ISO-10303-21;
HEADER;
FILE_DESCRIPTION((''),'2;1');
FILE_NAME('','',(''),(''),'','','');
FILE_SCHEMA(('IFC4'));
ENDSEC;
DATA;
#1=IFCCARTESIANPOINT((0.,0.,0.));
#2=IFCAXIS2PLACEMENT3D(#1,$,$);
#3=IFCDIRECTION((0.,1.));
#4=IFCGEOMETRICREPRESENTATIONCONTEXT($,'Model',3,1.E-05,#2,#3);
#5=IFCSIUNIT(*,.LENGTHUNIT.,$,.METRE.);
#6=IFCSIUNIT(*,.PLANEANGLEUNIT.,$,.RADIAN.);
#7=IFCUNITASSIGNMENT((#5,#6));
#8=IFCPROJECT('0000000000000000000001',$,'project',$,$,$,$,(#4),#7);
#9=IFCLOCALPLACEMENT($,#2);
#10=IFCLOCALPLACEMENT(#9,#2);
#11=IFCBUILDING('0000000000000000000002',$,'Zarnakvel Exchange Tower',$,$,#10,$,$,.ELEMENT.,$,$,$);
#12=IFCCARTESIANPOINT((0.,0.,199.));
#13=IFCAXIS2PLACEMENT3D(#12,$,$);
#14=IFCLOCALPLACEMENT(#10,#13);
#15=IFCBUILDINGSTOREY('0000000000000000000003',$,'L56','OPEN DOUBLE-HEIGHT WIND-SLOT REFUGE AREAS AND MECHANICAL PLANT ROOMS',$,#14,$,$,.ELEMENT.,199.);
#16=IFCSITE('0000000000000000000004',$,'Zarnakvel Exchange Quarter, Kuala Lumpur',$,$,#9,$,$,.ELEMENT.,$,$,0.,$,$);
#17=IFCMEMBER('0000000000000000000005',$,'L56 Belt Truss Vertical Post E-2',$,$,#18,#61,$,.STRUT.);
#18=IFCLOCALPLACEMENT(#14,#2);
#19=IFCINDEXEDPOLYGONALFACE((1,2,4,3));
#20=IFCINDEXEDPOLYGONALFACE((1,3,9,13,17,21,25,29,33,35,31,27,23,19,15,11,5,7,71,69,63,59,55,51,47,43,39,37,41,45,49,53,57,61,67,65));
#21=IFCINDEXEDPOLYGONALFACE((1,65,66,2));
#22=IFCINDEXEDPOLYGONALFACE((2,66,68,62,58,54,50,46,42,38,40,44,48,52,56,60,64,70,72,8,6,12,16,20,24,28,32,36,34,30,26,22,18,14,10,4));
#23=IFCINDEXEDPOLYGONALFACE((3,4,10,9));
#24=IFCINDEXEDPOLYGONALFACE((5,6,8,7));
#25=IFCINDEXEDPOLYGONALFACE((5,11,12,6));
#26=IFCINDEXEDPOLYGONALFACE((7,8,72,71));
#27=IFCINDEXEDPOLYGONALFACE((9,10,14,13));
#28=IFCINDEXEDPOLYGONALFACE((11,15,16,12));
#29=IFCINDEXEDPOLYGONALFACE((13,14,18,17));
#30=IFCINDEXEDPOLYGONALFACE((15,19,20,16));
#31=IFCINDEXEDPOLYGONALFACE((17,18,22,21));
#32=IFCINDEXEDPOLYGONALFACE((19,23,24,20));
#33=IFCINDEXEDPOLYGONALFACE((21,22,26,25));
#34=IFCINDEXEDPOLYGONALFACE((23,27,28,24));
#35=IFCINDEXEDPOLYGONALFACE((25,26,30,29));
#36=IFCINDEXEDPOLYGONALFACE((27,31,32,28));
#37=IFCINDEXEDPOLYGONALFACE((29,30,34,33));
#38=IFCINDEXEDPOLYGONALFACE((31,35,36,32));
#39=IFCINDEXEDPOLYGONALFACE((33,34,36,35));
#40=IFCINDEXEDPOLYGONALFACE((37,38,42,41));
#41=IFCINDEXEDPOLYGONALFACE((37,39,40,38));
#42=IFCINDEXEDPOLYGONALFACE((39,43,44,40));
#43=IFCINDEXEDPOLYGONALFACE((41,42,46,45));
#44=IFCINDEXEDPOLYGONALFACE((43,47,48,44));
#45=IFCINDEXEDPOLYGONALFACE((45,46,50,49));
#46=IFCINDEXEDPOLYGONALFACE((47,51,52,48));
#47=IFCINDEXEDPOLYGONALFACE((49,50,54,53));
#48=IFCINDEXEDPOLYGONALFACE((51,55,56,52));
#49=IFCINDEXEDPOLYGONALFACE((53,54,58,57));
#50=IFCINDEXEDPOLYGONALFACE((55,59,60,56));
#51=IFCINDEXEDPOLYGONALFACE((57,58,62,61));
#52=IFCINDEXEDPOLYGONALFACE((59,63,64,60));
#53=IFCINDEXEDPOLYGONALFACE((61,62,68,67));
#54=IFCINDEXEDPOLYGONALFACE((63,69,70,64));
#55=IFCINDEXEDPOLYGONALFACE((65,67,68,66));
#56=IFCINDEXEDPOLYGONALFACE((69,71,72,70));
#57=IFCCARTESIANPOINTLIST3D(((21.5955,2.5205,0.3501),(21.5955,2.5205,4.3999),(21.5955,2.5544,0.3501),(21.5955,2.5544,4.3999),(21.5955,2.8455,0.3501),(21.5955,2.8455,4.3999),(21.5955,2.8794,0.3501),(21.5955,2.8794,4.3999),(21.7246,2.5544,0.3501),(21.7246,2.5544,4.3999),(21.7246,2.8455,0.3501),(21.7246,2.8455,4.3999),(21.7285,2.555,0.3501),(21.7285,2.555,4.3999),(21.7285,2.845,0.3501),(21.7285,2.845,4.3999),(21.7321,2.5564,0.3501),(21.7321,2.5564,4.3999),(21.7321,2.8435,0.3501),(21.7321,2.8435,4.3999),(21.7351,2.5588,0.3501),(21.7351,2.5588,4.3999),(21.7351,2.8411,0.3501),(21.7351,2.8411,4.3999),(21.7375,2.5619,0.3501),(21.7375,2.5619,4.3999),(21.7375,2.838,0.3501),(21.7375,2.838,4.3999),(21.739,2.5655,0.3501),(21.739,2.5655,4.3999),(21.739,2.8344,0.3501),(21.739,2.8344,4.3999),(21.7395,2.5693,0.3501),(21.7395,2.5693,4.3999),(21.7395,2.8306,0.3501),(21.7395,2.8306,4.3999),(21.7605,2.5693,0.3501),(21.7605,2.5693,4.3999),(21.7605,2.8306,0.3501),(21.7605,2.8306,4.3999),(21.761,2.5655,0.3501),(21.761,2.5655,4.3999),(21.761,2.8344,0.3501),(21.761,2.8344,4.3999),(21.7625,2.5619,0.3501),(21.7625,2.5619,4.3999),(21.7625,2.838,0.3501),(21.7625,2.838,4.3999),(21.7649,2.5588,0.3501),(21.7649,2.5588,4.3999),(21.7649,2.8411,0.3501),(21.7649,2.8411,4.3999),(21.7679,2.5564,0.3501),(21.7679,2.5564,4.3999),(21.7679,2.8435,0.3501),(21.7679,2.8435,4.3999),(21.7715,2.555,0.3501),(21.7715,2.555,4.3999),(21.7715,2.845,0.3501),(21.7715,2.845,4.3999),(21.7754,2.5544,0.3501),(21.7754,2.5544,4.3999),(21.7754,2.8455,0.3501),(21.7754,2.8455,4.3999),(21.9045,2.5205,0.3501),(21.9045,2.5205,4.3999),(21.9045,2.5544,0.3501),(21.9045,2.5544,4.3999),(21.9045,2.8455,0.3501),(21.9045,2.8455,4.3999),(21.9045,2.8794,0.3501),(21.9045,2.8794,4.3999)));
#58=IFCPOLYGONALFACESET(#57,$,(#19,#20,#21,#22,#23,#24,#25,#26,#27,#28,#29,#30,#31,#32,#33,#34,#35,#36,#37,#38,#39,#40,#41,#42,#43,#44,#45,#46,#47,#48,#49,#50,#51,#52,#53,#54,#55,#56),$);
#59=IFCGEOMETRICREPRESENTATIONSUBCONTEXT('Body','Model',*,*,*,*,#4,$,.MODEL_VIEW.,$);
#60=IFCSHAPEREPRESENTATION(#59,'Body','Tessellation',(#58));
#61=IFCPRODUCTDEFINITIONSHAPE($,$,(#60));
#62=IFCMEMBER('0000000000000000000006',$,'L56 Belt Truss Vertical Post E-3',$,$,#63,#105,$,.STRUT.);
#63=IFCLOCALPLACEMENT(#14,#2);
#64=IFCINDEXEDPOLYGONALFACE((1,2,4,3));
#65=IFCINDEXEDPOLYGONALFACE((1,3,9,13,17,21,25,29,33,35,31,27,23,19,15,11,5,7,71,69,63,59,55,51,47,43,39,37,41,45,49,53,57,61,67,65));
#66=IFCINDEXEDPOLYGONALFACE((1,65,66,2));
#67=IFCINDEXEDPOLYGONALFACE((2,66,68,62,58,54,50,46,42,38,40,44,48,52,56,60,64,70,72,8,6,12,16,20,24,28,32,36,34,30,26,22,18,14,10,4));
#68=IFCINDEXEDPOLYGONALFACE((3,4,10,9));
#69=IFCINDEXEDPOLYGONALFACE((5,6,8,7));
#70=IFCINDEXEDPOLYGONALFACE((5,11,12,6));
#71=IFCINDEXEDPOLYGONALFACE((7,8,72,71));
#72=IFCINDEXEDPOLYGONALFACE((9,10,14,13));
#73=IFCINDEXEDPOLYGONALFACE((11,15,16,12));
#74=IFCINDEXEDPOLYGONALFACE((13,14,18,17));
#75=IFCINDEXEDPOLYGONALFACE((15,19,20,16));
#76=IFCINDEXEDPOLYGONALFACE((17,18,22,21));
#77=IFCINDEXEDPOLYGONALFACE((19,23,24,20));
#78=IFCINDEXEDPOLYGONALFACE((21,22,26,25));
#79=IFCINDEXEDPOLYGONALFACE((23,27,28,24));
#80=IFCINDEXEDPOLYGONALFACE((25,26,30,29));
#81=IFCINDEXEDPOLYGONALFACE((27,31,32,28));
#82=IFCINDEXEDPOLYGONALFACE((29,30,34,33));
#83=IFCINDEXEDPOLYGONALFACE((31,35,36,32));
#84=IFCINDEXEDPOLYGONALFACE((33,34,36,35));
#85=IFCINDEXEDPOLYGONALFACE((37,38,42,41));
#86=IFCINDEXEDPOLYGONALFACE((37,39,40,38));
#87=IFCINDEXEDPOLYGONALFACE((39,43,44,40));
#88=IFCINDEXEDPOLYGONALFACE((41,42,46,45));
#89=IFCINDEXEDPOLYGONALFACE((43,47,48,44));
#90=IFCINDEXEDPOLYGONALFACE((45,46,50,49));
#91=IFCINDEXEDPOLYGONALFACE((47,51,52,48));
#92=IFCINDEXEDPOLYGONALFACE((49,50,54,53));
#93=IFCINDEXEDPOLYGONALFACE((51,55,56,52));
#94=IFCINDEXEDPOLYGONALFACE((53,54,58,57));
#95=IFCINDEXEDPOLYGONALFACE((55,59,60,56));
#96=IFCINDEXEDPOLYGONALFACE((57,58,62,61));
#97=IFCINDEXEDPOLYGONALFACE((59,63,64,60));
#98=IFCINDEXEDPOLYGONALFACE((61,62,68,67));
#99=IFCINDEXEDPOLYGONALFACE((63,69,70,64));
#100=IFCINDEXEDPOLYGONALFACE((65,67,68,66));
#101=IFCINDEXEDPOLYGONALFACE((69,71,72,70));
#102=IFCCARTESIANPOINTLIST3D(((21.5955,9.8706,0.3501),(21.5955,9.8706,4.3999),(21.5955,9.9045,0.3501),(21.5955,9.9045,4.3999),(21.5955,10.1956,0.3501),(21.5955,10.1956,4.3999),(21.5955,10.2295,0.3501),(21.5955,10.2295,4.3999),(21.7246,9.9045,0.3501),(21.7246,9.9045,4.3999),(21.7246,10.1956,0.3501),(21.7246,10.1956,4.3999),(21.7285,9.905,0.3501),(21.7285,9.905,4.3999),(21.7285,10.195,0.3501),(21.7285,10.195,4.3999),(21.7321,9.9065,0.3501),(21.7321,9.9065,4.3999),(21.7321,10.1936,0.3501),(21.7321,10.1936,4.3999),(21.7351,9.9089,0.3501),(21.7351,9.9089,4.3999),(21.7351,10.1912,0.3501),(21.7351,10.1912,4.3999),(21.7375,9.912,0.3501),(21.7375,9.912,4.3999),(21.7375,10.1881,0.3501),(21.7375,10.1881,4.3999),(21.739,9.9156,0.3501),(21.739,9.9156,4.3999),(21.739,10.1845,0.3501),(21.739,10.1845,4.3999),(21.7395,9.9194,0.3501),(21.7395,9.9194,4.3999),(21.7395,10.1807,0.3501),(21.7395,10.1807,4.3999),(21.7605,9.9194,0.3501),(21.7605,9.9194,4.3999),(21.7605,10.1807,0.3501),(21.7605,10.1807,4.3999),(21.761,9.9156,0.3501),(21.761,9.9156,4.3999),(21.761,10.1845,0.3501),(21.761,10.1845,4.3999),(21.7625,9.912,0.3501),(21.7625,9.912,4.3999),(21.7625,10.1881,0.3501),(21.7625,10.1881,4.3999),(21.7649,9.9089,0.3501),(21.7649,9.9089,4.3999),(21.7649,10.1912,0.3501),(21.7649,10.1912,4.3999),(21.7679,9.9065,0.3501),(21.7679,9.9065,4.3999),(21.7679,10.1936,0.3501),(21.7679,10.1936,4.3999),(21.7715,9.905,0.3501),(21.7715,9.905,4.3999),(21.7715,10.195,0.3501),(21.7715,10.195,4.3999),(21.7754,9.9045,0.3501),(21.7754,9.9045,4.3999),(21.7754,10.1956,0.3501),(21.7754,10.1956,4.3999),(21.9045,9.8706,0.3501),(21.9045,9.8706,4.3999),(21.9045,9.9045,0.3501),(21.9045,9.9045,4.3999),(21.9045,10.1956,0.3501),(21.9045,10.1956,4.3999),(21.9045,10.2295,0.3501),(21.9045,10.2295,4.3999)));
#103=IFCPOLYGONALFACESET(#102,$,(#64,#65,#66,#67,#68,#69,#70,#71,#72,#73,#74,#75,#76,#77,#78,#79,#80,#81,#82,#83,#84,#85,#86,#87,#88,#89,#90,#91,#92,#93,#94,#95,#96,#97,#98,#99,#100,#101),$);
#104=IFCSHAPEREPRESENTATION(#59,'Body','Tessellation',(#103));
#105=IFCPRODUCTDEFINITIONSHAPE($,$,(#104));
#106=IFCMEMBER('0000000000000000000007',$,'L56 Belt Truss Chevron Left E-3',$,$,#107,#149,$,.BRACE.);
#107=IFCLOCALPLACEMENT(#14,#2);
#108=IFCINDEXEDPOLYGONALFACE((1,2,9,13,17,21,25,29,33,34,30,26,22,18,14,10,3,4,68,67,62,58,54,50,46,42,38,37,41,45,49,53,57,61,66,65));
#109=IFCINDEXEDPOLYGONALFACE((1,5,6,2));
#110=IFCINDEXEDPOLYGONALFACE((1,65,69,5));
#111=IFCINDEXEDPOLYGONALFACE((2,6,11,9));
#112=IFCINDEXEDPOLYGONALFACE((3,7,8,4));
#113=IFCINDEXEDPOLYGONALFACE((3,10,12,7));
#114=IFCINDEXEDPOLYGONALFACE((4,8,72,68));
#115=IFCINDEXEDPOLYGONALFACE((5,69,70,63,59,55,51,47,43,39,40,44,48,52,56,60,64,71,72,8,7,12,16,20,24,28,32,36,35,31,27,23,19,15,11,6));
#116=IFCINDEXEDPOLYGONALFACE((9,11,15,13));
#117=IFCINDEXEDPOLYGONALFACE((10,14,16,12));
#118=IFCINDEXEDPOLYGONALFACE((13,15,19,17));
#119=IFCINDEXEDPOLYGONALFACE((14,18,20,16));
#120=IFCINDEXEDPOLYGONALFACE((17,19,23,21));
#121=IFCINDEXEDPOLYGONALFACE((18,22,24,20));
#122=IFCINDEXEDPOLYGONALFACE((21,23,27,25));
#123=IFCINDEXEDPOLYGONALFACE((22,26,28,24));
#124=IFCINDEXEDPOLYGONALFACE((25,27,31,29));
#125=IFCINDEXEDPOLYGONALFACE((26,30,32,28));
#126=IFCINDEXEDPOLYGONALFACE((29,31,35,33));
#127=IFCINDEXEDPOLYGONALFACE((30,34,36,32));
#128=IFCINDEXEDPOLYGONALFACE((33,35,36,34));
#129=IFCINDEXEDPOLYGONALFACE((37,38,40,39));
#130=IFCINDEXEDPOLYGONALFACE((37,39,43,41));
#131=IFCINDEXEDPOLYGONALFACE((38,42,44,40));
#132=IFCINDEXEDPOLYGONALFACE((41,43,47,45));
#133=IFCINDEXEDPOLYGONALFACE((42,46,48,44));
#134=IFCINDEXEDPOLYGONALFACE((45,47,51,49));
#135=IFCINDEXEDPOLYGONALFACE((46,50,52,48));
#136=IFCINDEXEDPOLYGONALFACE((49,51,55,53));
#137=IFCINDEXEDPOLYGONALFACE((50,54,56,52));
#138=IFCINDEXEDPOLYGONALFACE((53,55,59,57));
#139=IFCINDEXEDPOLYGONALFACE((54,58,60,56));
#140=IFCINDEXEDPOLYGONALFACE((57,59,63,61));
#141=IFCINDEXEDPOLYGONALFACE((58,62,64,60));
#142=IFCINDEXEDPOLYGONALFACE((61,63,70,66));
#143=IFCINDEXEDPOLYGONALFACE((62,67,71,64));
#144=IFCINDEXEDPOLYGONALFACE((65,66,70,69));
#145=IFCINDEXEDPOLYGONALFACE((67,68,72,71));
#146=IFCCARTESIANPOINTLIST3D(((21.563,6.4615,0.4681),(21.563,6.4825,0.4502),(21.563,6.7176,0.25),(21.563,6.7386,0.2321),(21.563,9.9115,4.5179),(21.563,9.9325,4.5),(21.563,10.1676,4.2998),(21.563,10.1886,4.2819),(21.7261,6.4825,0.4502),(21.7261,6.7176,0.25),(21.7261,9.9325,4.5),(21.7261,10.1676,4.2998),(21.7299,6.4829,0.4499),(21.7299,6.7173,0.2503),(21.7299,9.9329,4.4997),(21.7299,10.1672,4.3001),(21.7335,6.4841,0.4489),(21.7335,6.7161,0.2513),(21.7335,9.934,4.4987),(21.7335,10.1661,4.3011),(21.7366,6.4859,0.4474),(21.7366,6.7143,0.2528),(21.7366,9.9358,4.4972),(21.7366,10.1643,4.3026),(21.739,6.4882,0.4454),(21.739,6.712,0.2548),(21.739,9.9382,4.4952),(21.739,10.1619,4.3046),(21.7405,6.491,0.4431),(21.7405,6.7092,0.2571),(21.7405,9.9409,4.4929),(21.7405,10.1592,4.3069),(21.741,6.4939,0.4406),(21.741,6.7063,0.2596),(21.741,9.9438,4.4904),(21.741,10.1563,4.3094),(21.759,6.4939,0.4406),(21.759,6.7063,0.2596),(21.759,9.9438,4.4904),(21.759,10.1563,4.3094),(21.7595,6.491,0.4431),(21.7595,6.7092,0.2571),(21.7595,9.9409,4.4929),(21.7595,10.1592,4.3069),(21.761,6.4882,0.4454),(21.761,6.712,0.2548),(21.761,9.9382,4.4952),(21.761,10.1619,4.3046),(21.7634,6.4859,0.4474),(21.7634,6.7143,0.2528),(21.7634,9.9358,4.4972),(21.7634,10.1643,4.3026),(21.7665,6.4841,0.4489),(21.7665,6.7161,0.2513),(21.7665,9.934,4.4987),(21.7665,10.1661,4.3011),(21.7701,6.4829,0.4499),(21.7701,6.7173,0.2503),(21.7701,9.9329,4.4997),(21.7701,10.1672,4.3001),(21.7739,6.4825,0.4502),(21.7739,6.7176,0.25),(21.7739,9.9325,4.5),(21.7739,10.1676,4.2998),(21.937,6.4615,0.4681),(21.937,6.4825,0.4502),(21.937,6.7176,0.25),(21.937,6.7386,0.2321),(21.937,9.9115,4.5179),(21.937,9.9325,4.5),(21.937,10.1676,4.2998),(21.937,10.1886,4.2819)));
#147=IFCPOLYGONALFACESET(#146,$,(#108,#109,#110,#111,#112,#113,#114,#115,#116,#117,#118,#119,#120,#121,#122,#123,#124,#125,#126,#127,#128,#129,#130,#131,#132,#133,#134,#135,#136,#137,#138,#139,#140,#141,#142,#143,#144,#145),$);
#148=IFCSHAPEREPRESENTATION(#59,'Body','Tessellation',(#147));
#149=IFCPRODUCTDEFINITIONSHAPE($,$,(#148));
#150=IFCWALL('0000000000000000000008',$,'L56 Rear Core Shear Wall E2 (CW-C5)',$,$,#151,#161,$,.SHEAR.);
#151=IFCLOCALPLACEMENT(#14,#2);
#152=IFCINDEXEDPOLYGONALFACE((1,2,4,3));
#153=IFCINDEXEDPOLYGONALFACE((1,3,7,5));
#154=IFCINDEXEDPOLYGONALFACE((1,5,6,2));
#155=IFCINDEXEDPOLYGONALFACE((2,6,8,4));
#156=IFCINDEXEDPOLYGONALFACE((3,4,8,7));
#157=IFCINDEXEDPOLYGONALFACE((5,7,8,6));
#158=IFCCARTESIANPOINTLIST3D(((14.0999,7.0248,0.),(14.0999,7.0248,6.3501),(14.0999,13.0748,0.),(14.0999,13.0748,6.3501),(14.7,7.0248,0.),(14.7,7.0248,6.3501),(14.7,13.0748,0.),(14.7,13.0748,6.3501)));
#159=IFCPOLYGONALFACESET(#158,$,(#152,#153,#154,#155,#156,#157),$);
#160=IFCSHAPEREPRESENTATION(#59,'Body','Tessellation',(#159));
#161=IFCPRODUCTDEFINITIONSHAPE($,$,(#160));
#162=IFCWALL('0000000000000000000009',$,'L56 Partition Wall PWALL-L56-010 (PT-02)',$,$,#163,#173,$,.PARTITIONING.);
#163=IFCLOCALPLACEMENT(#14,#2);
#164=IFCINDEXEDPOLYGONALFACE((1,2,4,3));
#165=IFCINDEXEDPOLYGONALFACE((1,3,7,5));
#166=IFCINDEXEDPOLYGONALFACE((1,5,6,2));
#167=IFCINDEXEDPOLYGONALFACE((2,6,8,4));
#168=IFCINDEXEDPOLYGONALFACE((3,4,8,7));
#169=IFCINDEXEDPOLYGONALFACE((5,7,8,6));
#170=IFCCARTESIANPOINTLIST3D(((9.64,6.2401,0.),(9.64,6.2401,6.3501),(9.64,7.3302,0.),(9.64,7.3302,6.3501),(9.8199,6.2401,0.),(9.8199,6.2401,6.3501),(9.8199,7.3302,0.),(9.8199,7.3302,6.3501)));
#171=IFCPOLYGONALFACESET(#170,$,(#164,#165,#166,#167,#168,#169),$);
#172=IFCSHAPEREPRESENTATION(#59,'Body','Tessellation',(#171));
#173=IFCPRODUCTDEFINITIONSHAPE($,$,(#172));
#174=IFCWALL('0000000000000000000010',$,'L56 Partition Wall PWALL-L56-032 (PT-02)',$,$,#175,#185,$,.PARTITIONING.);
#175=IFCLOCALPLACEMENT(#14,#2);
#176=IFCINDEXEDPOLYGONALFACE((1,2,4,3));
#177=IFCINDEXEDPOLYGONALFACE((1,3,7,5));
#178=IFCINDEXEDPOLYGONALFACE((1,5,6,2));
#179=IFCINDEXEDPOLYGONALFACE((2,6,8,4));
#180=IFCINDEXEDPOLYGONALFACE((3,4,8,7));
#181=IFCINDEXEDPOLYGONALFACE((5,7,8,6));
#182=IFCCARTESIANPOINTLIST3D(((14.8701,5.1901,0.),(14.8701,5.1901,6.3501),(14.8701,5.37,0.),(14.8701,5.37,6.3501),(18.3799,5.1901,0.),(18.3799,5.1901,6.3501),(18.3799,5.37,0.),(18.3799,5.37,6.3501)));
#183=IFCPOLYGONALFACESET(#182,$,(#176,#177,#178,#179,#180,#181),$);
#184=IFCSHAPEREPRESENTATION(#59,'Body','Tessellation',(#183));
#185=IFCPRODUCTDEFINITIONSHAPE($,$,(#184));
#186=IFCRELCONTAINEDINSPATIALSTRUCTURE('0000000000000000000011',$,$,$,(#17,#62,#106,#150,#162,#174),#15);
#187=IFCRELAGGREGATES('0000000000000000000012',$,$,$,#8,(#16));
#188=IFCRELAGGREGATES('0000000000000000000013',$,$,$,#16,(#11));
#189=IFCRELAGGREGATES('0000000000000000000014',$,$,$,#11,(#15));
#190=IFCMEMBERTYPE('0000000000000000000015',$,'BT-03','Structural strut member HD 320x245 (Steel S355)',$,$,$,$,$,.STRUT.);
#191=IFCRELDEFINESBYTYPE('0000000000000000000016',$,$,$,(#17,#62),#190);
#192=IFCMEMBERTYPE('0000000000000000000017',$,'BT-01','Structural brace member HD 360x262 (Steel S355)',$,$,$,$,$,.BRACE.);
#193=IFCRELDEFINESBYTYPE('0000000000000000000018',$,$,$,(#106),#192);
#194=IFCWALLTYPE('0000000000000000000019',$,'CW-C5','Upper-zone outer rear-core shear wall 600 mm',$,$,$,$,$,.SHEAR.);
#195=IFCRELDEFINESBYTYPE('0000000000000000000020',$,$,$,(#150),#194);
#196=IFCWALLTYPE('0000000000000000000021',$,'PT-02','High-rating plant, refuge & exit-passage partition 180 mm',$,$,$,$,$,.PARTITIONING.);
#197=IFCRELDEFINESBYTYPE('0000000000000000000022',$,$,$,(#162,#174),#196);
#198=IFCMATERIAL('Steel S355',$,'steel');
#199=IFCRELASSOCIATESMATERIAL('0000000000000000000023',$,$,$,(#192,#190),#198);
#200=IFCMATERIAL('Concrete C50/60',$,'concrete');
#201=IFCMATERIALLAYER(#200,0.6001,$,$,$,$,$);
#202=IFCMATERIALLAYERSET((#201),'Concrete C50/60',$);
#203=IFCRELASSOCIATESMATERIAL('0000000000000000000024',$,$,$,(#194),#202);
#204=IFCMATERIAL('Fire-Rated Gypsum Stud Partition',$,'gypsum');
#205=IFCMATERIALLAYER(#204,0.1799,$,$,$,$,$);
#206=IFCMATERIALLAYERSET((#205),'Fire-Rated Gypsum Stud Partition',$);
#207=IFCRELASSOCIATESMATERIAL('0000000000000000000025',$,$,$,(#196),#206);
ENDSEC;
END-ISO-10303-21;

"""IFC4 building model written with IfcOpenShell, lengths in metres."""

from ifc_helpers import new_model, si_unit, direction, frame, frame_2d, origin, origin_2d, place, context, subcontext, project, spatial, rectangle, i_section, extrude, source, transform, mapped, material, layer, layer_set, material_profile, profile_set, type_object, element, save


model = new_model("IFC4")

# Units and contexts
model_context = context("Model", 3, precision=1e-05, world=origin(), true_north=direction((0.0, 1.0)))
body_context = subcontext(model_context, "Body", "Model", "MODEL_VIEW")
ifc_project = project(units=[si_unit("LENGTHUNIT", "METRE"), si_unit("PLANEANGLEUNIT", "RADIAN")], contexts=[model_context])

# Site, building, storey
site_placement = place(None, origin())
site = spatial("IfcSite", under=ifc_project, at=site_placement, Name="Zarnakvel Exchange Quarter, Kuala Lumpur", CompositionType="ELEMENT", RefElevation=0.0)
building_placement = place(site_placement, origin())
building = spatial("IfcBuilding", under=site, at=building_placement, Name="Zarnakvel Exchange Tower", CompositionType="ELEMENT")
storey_placement = place(building_placement, frame((0.0, 0.0, 199.0)))
storey = spatial("IfcBuildingStorey", under=building, at=storey_placement, Name="L56", Description="OPEN DOUBLE-HEIGHT WIND-SLOT REFUGE AREAS AND MECHANICAL PLANT ROOMS", CompositionType="ELEMENT", Elevation=199.0)

# Shared definitions
ifc_material_1 = material(Name="Concrete C50/60", Category="concrete")

# Members
ifc_material_2 = material(Name="Steel S355", Category="steel")
ifc_material_profile_1 = material_profile(ifc_material_2, i_section(OverallWidth=0.374, OverallDepth=0.364, WebThickness=0.0181, FlangeThickness=0.0276, FilletRadius=0.0149, at=origin_2d()))
ifc_profile_set_1 = profile_set([ifc_material_profile_1], Name="Steel S355")
member_type_1 = type_object("IfcMemberType", Name="BT-01", Description="Structural brace member HD 360x262 (Steel S355)", PredefinedType="BRACE", material=ifc_profile_set_1)
ifc_material_profile_2 = material_profile(ifc_material_2, i_section(OverallWidth=0.3091, OverallDepth=0.3589, WebThickness=0.021, FlangeThickness=0.0339, FilletRadius=0.0149, at=origin_2d()))
ifc_profile_set_2 = profile_set([ifc_material_profile_2], Name="Steel S355")
member_type_2 = type_object("IfcMemberType", Name="BT-03", Description="Structural strut member HD 320x245 (Steel S355)", PredefinedType="STRUT", material=ifc_profile_set_2)
shared_shape_1 = source(origin(), body_context, "Body", "SweptSolid", [
    extrude(i_section(OverallWidth=0.3091, OverallDepth=0.3589, WebThickness=0.021, FlangeThickness=0.0339, FilletRadius=0.0149, at=origin_2d()), origin(), (0.0, 0.0, 1.0), 4.0498),
])
for number, where, z_axis, x_axis, name in (
    (1, (21.75, 2.7, 0.3501), (0.0, 0.0, 1.0), (1.0, 0.0, 0.0), "L56 Belt Truss Vertical Post E-2"),
    (2, (21.75, 10.05, 0.3501), (0.0, 0.0, 1.0), (1.0, 0.0, 0.0), "L56 Belt Truss Vertical Post E-3"),
):
    element("IfcMember", number, at=place(storey_placement, frame(where, z_axis=z_axis, x_axis=x_axis)), inside=storey, type_object=member_type_2, Name=name, PredefinedType="STRUT", context=body_context, shape_type="MappedRepresentation", body=[
        mapped(shared_shape_1, transform((0.0, 0.0, 0.0), x_axis=(1.0, 0.0, 0.0), y_axis=(0.0, 1.0, 0.0), z_axis=(0.0, 0.0, 1.0), scale=1.0)),
    ])
shared_shape_2 = source(origin(), body_context, "Body", "SweptSolid", [
    extrude(i_section(OverallWidth=0.374, OverallDepth=0.364, WebThickness=0.0181, FlangeThickness=0.0276, FilletRadius=0.0149, at=origin_2d()), origin(), (0.0, 0.0, 1.0), 5.3201),
])
member_1_placement = place(storey_placement, frame((21.75, 6.6001, 0.3501), z_axis=(0.0, 0.648479, 0.761232), x_axis=(-1.0, 0.0, 0.0)))
element("IfcMember", 3, at=member_1_placement, inside=storey, type_object=member_type_1, Name="L56 Belt Truss Chevron Left E-3", PredefinedType="BRACE", context=body_context, shape_type="MappedRepresentation", body=[
    mapped(shared_shape_2, transform((0.0, 0.0, 0.0), x_axis=(1.0, 0.0, 0.0), y_axis=(0.0, 1.0, 0.0), z_axis=(0.0, 0.0, 1.0), scale=1.0)),
])

# Walls
ifc_layer_1 = layer(ifc_material_1, 0.6001)
ifc_layer_set_1 = layer_set([ifc_layer_1], Name="Concrete C50/60")
wall_type_1 = type_object("IfcWallType", Name="CW-C5", Description="Upper-zone outer rear-core shear wall 600 mm", PredefinedType="SHEAR", material=ifc_layer_set_1)
wall_1_placement = place(storey_placement, frame((14.3999, 7.0249, 0.0), z_axis=(0.0, 0.0, 1.0), x_axis=(0.0, 1.0, 0.0)))
element("IfcWall", 4, at=wall_1_placement, inside=storey, type_object=wall_type_1, Name="L56 Rear Core Shear Wall E2 (CW-C5)", PredefinedType="SHEAR", context=body_context, shape_type="SweptSolid", body=[
    extrude(rectangle(XDim=6.05, YDim=0.6001, at=frame_2d((3.0249, 0.0))), origin(), (0.0, 0.0, 1.0), 6.3501),
])
ifc_material_3 = material(Name="Fire-Rated Gypsum Stud Partition", Category="gypsum")
ifc_layer_2 = layer(ifc_material_3, 0.1799)
ifc_layer_set_2 = layer_set([ifc_layer_2], Name="Fire-Rated Gypsum Stud Partition")
wall_type_2 = type_object("IfcWallType", Name="PT-02", Description="High-rating plant, refuge & exit-passage partition 180 mm", PredefinedType="PARTITIONING", material=ifc_layer_set_2)
wall_2_placement = place(storey_placement, frame((9.73, 7.3301, 0.0), z_axis=(0.0, 0.0, 1.0), x_axis=(0.0, -1.0, 0.0)))
element("IfcWall", 5, at=wall_2_placement, inside=storey, type_object=wall_type_2, Name="L56 Partition Wall PWALL-L56-010 (PT-02)", PredefinedType="PARTITIONING", context=body_context, shape_type="SweptSolid", body=[
    extrude(rectangle(XDim=1.0901, YDim=0.1799, at=frame_2d((0.5449, 0.0))), origin(), (0.0, 0.0, 1.0), 6.3501),
])
wall_3_placement = place(storey_placement, frame((14.8701, 5.28, 0.0), z_axis=(0.0, 0.0, 1.0), x_axis=(1.0, 0.0, 0.0)))
element("IfcWall", 6, at=wall_3_placement, inside=storey, type_object=wall_type_2, Name="L56 Partition Wall PWALL-L56-032 (PT-02)", PredefinedType="PARTITIONING", context=body_context, shape_type="SweptSolid", body=[
    extrude(rectangle(XDim=3.5098, YDim=0.1799, at=frame_2d((1.7549, 0.0))), origin(), (0.0, 0.0, 1.0), 6.3501),
])

save(model, "model.ifc")
